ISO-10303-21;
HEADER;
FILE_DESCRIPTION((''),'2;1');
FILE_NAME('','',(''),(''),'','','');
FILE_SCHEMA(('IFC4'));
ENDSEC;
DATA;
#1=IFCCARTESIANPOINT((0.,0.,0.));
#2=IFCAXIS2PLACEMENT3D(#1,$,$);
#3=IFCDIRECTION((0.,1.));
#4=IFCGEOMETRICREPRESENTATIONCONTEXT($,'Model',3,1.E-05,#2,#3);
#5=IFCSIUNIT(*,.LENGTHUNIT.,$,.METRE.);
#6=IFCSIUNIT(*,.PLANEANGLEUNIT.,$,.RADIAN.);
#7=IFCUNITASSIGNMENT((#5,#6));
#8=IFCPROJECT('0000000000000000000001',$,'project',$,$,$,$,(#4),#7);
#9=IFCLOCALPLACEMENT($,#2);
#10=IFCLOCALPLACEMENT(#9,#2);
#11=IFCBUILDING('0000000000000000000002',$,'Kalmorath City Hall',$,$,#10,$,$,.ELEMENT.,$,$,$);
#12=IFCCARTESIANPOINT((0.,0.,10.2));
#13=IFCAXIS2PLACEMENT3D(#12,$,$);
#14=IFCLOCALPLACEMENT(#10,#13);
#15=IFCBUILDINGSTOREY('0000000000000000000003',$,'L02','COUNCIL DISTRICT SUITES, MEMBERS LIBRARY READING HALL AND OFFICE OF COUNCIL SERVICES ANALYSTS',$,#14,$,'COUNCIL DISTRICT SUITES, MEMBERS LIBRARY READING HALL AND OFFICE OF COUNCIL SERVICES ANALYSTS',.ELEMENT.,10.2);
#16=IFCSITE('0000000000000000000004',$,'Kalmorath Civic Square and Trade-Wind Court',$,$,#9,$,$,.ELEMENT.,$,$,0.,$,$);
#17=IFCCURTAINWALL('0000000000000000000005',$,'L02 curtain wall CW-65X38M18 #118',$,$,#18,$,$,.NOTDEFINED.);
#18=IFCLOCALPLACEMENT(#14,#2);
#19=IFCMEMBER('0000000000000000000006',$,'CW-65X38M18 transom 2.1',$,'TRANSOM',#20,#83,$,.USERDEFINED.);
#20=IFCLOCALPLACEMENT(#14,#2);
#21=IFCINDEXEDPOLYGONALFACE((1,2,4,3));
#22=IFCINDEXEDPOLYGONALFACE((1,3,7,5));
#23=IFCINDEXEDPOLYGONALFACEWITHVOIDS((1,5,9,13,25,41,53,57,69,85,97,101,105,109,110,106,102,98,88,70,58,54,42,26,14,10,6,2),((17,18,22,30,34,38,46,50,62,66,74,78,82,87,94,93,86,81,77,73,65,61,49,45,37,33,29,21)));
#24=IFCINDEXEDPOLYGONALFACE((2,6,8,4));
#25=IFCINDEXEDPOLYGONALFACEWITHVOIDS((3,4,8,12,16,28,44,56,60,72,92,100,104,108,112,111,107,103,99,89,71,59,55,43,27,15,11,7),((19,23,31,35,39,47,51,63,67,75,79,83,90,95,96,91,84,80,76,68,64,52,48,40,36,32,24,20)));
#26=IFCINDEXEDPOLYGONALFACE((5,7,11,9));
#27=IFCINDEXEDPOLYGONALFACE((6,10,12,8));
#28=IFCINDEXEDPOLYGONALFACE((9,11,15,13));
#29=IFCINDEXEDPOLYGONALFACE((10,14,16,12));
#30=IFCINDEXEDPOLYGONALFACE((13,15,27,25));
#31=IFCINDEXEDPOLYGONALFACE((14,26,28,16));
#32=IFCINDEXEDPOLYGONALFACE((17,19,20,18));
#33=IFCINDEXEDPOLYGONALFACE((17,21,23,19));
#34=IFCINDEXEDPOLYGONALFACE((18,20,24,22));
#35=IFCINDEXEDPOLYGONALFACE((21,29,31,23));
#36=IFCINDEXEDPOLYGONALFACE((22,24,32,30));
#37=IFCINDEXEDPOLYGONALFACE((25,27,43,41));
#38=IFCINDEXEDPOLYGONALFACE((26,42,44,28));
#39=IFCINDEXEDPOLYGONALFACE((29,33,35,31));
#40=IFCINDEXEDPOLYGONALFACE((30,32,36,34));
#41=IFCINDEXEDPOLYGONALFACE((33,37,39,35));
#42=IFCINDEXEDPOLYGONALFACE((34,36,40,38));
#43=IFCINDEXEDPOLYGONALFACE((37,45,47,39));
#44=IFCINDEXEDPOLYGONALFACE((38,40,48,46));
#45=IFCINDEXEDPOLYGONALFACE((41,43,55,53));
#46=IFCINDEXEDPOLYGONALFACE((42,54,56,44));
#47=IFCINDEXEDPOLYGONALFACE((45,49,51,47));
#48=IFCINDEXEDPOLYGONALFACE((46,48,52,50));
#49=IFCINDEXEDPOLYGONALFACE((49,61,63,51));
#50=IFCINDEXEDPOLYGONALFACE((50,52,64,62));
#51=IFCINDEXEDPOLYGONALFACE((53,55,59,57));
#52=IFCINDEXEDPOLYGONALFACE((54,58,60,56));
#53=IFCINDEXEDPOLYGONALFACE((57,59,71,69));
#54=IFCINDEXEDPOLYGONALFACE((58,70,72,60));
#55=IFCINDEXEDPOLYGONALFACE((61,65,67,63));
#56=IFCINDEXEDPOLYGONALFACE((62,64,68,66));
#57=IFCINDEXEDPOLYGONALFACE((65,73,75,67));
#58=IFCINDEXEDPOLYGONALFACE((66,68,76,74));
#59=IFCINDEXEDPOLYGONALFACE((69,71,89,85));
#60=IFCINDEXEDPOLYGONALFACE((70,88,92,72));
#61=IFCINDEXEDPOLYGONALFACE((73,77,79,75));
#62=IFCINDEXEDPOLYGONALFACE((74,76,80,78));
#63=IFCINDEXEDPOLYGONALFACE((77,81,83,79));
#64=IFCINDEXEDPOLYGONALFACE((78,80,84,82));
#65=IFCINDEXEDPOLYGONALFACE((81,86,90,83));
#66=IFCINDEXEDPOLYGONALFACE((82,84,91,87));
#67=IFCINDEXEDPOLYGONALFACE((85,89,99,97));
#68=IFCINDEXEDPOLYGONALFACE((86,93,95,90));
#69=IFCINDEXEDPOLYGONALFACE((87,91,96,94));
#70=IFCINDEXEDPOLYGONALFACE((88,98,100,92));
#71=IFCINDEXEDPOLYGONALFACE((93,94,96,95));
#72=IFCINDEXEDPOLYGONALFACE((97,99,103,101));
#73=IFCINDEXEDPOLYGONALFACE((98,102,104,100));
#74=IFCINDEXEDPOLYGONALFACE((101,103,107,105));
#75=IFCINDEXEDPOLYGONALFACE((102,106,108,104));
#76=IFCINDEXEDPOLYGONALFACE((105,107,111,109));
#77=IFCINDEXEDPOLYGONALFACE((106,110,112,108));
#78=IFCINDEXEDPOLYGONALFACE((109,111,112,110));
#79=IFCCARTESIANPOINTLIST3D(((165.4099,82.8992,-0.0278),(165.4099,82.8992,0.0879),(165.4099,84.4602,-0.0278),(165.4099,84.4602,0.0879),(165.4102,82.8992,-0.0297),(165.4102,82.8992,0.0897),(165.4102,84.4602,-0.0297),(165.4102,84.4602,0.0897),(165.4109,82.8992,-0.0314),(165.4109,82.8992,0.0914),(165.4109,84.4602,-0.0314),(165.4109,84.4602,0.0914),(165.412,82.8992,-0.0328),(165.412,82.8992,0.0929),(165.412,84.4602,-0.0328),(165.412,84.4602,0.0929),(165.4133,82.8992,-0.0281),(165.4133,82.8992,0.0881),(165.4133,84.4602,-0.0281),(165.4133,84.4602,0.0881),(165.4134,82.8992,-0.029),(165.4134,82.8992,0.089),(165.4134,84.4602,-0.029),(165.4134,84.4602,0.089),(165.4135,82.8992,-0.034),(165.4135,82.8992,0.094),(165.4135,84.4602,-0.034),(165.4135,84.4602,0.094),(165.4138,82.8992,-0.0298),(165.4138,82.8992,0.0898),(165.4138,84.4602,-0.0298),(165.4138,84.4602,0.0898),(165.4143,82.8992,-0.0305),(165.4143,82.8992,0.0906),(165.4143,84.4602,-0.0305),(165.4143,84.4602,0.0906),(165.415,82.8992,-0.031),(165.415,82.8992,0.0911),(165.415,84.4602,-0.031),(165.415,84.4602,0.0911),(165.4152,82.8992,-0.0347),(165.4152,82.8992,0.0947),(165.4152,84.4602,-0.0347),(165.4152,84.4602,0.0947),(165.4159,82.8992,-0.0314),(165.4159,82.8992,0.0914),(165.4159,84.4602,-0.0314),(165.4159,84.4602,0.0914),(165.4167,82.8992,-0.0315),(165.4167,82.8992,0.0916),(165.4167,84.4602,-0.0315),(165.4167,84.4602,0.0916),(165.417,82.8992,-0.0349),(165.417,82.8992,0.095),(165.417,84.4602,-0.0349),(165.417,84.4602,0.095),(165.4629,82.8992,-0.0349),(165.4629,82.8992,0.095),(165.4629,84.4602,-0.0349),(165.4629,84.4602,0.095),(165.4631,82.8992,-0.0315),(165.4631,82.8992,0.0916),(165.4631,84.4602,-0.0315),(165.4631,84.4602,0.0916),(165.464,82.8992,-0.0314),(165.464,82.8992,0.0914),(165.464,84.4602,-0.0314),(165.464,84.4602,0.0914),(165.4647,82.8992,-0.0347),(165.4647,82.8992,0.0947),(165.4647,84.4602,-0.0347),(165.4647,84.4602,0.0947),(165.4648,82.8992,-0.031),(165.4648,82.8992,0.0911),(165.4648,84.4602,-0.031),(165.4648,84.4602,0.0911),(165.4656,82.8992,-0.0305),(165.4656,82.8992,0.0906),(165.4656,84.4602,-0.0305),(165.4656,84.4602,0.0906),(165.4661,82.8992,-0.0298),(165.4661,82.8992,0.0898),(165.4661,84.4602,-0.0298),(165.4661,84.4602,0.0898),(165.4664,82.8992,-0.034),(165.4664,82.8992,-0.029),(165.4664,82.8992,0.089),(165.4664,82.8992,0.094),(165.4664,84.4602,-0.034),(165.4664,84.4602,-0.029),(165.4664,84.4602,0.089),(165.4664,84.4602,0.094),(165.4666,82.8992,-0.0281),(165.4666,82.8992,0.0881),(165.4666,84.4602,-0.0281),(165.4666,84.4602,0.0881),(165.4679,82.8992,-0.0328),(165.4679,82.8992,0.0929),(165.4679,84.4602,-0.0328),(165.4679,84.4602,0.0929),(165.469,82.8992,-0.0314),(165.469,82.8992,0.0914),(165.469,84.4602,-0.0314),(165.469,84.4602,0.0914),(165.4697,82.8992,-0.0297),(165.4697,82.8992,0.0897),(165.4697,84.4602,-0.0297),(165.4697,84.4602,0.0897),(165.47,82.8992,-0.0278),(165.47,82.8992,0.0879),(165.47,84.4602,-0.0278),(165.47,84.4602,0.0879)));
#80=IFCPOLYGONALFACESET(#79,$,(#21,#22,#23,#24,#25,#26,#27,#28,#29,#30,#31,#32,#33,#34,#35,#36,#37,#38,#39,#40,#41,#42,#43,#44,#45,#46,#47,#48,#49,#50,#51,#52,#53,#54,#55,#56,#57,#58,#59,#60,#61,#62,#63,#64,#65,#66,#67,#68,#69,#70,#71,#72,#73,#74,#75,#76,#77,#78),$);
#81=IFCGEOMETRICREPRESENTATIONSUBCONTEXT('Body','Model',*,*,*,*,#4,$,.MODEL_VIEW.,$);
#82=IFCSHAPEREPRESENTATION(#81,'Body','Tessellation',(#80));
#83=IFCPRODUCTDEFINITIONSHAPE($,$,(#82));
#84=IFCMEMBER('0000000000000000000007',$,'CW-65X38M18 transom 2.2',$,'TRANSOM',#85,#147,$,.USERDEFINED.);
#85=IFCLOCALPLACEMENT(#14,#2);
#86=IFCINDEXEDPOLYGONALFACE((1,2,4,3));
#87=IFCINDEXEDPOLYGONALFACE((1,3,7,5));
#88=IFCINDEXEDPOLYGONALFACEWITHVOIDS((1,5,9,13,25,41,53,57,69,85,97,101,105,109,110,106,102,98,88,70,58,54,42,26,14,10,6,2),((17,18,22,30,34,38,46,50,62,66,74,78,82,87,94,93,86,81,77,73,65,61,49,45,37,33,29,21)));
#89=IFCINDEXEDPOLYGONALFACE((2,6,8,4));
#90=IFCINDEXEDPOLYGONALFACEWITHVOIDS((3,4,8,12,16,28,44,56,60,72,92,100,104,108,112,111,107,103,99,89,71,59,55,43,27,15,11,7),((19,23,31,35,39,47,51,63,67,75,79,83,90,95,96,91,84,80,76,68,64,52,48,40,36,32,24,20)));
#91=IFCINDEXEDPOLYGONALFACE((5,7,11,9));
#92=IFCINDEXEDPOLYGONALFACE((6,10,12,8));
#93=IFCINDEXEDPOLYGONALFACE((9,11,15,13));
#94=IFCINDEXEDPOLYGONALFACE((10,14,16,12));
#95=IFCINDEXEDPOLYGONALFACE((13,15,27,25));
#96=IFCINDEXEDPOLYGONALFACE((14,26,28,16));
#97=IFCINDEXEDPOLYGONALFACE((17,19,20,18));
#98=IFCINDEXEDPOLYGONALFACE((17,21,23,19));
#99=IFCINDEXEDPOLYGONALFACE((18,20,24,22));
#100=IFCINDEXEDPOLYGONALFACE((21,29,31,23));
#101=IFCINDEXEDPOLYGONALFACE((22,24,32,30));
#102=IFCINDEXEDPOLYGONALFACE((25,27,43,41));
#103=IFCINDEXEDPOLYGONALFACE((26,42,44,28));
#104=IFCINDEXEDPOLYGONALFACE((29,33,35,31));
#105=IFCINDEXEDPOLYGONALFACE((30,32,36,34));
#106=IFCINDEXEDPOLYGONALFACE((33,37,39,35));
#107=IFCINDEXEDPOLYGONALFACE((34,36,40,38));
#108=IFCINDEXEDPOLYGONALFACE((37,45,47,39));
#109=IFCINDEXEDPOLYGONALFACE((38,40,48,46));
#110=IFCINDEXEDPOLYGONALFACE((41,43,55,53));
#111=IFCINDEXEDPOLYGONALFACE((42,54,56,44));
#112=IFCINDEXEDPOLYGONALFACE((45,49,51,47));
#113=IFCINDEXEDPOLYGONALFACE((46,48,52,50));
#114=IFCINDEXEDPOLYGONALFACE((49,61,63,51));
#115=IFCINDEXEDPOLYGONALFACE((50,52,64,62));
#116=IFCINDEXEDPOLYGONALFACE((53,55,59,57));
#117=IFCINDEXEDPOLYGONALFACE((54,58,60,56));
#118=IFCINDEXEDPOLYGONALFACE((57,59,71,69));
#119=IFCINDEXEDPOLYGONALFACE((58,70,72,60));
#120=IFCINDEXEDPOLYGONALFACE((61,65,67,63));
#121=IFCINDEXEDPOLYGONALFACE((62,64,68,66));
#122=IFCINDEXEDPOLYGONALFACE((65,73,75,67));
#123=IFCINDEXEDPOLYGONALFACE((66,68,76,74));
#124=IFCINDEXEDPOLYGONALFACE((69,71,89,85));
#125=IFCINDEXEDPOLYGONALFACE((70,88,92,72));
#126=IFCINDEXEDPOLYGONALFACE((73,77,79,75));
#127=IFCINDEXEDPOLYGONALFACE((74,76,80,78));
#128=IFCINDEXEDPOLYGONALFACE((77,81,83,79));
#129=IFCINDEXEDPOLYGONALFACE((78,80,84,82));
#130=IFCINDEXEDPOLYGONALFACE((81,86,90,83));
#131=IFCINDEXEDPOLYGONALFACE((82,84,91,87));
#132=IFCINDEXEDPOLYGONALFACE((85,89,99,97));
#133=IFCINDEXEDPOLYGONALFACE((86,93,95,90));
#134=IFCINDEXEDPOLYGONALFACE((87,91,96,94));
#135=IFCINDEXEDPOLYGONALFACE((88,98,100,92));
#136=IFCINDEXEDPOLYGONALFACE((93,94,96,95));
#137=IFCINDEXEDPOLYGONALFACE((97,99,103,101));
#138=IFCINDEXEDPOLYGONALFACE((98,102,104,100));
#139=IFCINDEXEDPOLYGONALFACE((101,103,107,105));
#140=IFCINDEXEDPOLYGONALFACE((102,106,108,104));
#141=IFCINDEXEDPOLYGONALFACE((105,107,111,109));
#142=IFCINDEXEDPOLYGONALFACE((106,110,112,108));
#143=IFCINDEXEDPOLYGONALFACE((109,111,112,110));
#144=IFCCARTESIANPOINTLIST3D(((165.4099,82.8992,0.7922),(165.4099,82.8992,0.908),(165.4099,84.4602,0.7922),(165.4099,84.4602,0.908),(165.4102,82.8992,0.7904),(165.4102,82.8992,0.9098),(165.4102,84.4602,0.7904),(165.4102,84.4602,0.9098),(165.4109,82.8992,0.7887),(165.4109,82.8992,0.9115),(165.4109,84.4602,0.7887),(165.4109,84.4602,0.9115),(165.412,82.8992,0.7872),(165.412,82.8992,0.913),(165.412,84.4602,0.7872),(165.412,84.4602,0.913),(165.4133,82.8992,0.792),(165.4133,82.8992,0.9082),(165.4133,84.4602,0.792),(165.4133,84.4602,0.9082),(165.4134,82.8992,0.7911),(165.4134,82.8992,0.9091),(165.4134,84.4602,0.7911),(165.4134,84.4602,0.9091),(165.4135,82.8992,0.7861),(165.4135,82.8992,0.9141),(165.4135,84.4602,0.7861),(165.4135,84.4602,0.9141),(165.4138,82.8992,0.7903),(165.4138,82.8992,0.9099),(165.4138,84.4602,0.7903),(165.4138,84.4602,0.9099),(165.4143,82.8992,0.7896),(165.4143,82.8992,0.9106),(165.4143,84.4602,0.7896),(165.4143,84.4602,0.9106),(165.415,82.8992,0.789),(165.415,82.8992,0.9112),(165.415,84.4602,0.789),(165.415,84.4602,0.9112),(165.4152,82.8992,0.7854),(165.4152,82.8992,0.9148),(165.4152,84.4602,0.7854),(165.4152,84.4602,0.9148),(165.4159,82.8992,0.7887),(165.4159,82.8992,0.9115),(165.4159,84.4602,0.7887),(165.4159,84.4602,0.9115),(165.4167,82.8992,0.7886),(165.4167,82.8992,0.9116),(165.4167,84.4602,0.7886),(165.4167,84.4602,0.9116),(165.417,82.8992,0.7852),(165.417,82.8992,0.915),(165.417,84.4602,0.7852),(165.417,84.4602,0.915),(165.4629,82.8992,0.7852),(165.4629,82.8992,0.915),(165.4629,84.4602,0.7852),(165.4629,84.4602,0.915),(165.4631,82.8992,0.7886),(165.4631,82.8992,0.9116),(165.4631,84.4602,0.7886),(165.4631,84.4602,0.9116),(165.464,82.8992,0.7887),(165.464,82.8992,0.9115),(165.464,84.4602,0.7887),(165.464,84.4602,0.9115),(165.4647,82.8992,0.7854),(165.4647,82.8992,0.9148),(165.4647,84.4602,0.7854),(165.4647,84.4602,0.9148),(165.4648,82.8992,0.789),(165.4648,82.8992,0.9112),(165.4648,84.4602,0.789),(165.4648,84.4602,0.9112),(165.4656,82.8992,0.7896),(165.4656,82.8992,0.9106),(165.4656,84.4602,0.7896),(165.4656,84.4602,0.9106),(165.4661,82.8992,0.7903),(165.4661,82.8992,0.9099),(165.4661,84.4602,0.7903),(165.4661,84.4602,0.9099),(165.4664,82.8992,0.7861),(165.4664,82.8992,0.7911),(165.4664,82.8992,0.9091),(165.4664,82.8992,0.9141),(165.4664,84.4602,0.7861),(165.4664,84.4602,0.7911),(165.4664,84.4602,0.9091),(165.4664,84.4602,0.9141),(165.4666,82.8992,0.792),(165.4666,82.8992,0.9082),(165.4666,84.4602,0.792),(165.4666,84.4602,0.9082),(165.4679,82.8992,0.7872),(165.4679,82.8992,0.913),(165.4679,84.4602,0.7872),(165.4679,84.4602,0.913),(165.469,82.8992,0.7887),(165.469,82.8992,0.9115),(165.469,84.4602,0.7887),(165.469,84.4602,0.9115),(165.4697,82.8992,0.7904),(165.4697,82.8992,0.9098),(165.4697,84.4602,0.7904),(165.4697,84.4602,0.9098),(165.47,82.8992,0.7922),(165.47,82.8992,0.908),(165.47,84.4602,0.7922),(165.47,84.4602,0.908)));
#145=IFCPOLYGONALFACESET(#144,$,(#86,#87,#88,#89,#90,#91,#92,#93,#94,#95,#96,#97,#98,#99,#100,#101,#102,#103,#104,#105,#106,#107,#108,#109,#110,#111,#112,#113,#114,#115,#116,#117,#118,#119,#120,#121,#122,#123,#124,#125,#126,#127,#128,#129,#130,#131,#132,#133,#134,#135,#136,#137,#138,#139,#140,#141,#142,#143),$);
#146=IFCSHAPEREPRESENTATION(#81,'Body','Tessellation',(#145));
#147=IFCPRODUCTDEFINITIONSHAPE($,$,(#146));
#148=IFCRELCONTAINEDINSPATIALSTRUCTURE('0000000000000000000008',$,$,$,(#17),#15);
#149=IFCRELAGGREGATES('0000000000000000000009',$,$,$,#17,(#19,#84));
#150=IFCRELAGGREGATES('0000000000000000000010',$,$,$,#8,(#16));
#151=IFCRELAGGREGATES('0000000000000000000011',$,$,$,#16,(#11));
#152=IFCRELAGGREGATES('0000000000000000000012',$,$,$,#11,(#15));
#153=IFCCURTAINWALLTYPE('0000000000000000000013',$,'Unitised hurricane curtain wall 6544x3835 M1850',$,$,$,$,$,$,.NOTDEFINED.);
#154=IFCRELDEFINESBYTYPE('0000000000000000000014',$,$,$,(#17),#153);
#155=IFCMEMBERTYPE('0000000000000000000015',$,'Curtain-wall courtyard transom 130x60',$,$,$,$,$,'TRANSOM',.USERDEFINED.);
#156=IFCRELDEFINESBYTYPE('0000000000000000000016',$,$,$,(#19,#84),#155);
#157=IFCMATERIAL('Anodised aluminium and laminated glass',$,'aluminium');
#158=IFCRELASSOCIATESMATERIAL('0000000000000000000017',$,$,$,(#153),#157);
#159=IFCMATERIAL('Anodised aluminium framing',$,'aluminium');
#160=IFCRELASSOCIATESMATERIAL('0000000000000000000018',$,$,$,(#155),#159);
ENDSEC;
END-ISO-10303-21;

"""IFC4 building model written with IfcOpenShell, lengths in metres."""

from ifc_helpers import new_model, si_unit, direction, frame, origin, origin_2d, place, context, subcontext, project, spatial, hollow_rectangle, extrude, material, material_profile, profile_set, type_object, element, aggregate, save


model = new_model("IFC4")

# Units and contexts
model_context = context("Model", 3, precision=1e-05, world=origin(), true_north=direction((0.0, 1.0)))
body_context = subcontext(model_context, "Body", "Model", "MODEL_VIEW")
ifc_project = project(units=[si_unit("LENGTHUNIT", "METRE"), si_unit("PLANEANGLEUNIT", "RADIAN")], contexts=[model_context])

# Site, building, storey
site_placement = place(None, origin())
site = spatial("IfcSite", under=ifc_project, at=site_placement, Name="Kalmorath Civic Square and Trade-Wind Court", CompositionType="ELEMENT", RefElevation=0.0)
building_placement = place(site_placement, origin())
building = spatial("IfcBuilding", under=site, at=building_placement, Name="Kalmorath City Hall", CompositionType="ELEMENT")
storey_placement = place(building_placement, frame((0.0, 0.0, 10.2)))
storey = spatial("IfcBuildingStorey", under=building, at=storey_placement, Name="L02", Description="COUNCIL DISTRICT SUITES, MEMBERS LIBRARY READING HALL AND OFFICE OF COUNCIL SERVICES ANALYSTS", LongName="COUNCIL DISTRICT SUITES, MEMBERS LIBRARY READING HALL AND OFFICE OF COUNCIL SERVICES ANALYSTS", CompositionType="ELEMENT", Elevation=10.2)

# Curtain wall, members
ifc_material_1 = material(Name="Anodised aluminium and laminated glass", Category="aluminium")
curtain_wall_type = type_object("IfcCurtainWallType", Name="Unitised hurricane curtain wall 6544x3835 M1850", PredefinedType="NOTDEFINED", material=ifc_material_1)
curtain_wall_placement = place(storey_placement, origin())
curtain_wall = element("IfcCurtainWall", 1, at=curtain_wall_placement, inside=storey, type_object=curtain_wall_type, Name="L02 curtain wall CW-65X38M18 #118", PredefinedType="NOTDEFINED")
ifc_material_2 = material(Name="Anodised aluminium framing", Category="aluminium")
ifc_material_profile_1 = material_profile(ifc_material_2, hollow_rectangle(XDim=0.0601, YDim=0.1299, WallThickness=0.0034, InnerFilletRadius=0.0034, OuterFilletRadius=0.0071, at=origin_2d()), Name="ALU-TRN-130X60X3.5")
ifc_profile_set_1 = profile_set([ifc_material_profile_1], Name="Anodised aluminium framing")
member_type_1 = type_object("IfcMemberType", Name="Curtain-wall courtyard transom 130x60", ElementType="TRANSOM", PredefinedType="USERDEFINED", material=ifc_profile_set_1)
member_1_placement = place(storey_placement, frame((165.4399, 84.4602, 0.03), z_axis=(0.0, -1.0, 0.0), x_axis=(1.0, 0.0, 0.0)))
member_1 = element("IfcMember", 2, at=member_1_placement, type_object=member_type_1, Name="CW-65X38M18 transom 2.1", ObjectType="TRANSOM", PredefinedType="USERDEFINED", context=body_context, shape_type="SweptSolid", body=[
    extrude(hollow_rectangle(XDim=0.0601, YDim=0.1299, WallThickness=0.0034, InnerFilletRadius=0.0034, OuterFilletRadius=0.0071, at=origin_2d()), origin(), (0.0, 0.0, 1.0), 1.561),
])
member_2_placement = place(storey_placement, frame((165.4399, 84.4602, 0.8501), z_axis=(0.0, -1.0, 0.0), x_axis=(1.0, 0.0, 0.0)))
member_2 = element("IfcMember", 3, at=member_2_placement, type_object=member_type_1, Name="CW-65X38M18 transom 2.2", ObjectType="TRANSOM", PredefinedType="USERDEFINED", context=body_context, shape_type="SweptSolid", body=[
    extrude(hollow_rectangle(XDim=0.0601, YDim=0.1299, WallThickness=0.0034, InnerFilletRadius=0.0034, OuterFilletRadius=0.0071, at=origin_2d()), origin(), (0.0, 0.0, 1.0), 1.561),
])

aggregate(curtain_wall, [member_1, member_2])

save(model, "model.ifc")
